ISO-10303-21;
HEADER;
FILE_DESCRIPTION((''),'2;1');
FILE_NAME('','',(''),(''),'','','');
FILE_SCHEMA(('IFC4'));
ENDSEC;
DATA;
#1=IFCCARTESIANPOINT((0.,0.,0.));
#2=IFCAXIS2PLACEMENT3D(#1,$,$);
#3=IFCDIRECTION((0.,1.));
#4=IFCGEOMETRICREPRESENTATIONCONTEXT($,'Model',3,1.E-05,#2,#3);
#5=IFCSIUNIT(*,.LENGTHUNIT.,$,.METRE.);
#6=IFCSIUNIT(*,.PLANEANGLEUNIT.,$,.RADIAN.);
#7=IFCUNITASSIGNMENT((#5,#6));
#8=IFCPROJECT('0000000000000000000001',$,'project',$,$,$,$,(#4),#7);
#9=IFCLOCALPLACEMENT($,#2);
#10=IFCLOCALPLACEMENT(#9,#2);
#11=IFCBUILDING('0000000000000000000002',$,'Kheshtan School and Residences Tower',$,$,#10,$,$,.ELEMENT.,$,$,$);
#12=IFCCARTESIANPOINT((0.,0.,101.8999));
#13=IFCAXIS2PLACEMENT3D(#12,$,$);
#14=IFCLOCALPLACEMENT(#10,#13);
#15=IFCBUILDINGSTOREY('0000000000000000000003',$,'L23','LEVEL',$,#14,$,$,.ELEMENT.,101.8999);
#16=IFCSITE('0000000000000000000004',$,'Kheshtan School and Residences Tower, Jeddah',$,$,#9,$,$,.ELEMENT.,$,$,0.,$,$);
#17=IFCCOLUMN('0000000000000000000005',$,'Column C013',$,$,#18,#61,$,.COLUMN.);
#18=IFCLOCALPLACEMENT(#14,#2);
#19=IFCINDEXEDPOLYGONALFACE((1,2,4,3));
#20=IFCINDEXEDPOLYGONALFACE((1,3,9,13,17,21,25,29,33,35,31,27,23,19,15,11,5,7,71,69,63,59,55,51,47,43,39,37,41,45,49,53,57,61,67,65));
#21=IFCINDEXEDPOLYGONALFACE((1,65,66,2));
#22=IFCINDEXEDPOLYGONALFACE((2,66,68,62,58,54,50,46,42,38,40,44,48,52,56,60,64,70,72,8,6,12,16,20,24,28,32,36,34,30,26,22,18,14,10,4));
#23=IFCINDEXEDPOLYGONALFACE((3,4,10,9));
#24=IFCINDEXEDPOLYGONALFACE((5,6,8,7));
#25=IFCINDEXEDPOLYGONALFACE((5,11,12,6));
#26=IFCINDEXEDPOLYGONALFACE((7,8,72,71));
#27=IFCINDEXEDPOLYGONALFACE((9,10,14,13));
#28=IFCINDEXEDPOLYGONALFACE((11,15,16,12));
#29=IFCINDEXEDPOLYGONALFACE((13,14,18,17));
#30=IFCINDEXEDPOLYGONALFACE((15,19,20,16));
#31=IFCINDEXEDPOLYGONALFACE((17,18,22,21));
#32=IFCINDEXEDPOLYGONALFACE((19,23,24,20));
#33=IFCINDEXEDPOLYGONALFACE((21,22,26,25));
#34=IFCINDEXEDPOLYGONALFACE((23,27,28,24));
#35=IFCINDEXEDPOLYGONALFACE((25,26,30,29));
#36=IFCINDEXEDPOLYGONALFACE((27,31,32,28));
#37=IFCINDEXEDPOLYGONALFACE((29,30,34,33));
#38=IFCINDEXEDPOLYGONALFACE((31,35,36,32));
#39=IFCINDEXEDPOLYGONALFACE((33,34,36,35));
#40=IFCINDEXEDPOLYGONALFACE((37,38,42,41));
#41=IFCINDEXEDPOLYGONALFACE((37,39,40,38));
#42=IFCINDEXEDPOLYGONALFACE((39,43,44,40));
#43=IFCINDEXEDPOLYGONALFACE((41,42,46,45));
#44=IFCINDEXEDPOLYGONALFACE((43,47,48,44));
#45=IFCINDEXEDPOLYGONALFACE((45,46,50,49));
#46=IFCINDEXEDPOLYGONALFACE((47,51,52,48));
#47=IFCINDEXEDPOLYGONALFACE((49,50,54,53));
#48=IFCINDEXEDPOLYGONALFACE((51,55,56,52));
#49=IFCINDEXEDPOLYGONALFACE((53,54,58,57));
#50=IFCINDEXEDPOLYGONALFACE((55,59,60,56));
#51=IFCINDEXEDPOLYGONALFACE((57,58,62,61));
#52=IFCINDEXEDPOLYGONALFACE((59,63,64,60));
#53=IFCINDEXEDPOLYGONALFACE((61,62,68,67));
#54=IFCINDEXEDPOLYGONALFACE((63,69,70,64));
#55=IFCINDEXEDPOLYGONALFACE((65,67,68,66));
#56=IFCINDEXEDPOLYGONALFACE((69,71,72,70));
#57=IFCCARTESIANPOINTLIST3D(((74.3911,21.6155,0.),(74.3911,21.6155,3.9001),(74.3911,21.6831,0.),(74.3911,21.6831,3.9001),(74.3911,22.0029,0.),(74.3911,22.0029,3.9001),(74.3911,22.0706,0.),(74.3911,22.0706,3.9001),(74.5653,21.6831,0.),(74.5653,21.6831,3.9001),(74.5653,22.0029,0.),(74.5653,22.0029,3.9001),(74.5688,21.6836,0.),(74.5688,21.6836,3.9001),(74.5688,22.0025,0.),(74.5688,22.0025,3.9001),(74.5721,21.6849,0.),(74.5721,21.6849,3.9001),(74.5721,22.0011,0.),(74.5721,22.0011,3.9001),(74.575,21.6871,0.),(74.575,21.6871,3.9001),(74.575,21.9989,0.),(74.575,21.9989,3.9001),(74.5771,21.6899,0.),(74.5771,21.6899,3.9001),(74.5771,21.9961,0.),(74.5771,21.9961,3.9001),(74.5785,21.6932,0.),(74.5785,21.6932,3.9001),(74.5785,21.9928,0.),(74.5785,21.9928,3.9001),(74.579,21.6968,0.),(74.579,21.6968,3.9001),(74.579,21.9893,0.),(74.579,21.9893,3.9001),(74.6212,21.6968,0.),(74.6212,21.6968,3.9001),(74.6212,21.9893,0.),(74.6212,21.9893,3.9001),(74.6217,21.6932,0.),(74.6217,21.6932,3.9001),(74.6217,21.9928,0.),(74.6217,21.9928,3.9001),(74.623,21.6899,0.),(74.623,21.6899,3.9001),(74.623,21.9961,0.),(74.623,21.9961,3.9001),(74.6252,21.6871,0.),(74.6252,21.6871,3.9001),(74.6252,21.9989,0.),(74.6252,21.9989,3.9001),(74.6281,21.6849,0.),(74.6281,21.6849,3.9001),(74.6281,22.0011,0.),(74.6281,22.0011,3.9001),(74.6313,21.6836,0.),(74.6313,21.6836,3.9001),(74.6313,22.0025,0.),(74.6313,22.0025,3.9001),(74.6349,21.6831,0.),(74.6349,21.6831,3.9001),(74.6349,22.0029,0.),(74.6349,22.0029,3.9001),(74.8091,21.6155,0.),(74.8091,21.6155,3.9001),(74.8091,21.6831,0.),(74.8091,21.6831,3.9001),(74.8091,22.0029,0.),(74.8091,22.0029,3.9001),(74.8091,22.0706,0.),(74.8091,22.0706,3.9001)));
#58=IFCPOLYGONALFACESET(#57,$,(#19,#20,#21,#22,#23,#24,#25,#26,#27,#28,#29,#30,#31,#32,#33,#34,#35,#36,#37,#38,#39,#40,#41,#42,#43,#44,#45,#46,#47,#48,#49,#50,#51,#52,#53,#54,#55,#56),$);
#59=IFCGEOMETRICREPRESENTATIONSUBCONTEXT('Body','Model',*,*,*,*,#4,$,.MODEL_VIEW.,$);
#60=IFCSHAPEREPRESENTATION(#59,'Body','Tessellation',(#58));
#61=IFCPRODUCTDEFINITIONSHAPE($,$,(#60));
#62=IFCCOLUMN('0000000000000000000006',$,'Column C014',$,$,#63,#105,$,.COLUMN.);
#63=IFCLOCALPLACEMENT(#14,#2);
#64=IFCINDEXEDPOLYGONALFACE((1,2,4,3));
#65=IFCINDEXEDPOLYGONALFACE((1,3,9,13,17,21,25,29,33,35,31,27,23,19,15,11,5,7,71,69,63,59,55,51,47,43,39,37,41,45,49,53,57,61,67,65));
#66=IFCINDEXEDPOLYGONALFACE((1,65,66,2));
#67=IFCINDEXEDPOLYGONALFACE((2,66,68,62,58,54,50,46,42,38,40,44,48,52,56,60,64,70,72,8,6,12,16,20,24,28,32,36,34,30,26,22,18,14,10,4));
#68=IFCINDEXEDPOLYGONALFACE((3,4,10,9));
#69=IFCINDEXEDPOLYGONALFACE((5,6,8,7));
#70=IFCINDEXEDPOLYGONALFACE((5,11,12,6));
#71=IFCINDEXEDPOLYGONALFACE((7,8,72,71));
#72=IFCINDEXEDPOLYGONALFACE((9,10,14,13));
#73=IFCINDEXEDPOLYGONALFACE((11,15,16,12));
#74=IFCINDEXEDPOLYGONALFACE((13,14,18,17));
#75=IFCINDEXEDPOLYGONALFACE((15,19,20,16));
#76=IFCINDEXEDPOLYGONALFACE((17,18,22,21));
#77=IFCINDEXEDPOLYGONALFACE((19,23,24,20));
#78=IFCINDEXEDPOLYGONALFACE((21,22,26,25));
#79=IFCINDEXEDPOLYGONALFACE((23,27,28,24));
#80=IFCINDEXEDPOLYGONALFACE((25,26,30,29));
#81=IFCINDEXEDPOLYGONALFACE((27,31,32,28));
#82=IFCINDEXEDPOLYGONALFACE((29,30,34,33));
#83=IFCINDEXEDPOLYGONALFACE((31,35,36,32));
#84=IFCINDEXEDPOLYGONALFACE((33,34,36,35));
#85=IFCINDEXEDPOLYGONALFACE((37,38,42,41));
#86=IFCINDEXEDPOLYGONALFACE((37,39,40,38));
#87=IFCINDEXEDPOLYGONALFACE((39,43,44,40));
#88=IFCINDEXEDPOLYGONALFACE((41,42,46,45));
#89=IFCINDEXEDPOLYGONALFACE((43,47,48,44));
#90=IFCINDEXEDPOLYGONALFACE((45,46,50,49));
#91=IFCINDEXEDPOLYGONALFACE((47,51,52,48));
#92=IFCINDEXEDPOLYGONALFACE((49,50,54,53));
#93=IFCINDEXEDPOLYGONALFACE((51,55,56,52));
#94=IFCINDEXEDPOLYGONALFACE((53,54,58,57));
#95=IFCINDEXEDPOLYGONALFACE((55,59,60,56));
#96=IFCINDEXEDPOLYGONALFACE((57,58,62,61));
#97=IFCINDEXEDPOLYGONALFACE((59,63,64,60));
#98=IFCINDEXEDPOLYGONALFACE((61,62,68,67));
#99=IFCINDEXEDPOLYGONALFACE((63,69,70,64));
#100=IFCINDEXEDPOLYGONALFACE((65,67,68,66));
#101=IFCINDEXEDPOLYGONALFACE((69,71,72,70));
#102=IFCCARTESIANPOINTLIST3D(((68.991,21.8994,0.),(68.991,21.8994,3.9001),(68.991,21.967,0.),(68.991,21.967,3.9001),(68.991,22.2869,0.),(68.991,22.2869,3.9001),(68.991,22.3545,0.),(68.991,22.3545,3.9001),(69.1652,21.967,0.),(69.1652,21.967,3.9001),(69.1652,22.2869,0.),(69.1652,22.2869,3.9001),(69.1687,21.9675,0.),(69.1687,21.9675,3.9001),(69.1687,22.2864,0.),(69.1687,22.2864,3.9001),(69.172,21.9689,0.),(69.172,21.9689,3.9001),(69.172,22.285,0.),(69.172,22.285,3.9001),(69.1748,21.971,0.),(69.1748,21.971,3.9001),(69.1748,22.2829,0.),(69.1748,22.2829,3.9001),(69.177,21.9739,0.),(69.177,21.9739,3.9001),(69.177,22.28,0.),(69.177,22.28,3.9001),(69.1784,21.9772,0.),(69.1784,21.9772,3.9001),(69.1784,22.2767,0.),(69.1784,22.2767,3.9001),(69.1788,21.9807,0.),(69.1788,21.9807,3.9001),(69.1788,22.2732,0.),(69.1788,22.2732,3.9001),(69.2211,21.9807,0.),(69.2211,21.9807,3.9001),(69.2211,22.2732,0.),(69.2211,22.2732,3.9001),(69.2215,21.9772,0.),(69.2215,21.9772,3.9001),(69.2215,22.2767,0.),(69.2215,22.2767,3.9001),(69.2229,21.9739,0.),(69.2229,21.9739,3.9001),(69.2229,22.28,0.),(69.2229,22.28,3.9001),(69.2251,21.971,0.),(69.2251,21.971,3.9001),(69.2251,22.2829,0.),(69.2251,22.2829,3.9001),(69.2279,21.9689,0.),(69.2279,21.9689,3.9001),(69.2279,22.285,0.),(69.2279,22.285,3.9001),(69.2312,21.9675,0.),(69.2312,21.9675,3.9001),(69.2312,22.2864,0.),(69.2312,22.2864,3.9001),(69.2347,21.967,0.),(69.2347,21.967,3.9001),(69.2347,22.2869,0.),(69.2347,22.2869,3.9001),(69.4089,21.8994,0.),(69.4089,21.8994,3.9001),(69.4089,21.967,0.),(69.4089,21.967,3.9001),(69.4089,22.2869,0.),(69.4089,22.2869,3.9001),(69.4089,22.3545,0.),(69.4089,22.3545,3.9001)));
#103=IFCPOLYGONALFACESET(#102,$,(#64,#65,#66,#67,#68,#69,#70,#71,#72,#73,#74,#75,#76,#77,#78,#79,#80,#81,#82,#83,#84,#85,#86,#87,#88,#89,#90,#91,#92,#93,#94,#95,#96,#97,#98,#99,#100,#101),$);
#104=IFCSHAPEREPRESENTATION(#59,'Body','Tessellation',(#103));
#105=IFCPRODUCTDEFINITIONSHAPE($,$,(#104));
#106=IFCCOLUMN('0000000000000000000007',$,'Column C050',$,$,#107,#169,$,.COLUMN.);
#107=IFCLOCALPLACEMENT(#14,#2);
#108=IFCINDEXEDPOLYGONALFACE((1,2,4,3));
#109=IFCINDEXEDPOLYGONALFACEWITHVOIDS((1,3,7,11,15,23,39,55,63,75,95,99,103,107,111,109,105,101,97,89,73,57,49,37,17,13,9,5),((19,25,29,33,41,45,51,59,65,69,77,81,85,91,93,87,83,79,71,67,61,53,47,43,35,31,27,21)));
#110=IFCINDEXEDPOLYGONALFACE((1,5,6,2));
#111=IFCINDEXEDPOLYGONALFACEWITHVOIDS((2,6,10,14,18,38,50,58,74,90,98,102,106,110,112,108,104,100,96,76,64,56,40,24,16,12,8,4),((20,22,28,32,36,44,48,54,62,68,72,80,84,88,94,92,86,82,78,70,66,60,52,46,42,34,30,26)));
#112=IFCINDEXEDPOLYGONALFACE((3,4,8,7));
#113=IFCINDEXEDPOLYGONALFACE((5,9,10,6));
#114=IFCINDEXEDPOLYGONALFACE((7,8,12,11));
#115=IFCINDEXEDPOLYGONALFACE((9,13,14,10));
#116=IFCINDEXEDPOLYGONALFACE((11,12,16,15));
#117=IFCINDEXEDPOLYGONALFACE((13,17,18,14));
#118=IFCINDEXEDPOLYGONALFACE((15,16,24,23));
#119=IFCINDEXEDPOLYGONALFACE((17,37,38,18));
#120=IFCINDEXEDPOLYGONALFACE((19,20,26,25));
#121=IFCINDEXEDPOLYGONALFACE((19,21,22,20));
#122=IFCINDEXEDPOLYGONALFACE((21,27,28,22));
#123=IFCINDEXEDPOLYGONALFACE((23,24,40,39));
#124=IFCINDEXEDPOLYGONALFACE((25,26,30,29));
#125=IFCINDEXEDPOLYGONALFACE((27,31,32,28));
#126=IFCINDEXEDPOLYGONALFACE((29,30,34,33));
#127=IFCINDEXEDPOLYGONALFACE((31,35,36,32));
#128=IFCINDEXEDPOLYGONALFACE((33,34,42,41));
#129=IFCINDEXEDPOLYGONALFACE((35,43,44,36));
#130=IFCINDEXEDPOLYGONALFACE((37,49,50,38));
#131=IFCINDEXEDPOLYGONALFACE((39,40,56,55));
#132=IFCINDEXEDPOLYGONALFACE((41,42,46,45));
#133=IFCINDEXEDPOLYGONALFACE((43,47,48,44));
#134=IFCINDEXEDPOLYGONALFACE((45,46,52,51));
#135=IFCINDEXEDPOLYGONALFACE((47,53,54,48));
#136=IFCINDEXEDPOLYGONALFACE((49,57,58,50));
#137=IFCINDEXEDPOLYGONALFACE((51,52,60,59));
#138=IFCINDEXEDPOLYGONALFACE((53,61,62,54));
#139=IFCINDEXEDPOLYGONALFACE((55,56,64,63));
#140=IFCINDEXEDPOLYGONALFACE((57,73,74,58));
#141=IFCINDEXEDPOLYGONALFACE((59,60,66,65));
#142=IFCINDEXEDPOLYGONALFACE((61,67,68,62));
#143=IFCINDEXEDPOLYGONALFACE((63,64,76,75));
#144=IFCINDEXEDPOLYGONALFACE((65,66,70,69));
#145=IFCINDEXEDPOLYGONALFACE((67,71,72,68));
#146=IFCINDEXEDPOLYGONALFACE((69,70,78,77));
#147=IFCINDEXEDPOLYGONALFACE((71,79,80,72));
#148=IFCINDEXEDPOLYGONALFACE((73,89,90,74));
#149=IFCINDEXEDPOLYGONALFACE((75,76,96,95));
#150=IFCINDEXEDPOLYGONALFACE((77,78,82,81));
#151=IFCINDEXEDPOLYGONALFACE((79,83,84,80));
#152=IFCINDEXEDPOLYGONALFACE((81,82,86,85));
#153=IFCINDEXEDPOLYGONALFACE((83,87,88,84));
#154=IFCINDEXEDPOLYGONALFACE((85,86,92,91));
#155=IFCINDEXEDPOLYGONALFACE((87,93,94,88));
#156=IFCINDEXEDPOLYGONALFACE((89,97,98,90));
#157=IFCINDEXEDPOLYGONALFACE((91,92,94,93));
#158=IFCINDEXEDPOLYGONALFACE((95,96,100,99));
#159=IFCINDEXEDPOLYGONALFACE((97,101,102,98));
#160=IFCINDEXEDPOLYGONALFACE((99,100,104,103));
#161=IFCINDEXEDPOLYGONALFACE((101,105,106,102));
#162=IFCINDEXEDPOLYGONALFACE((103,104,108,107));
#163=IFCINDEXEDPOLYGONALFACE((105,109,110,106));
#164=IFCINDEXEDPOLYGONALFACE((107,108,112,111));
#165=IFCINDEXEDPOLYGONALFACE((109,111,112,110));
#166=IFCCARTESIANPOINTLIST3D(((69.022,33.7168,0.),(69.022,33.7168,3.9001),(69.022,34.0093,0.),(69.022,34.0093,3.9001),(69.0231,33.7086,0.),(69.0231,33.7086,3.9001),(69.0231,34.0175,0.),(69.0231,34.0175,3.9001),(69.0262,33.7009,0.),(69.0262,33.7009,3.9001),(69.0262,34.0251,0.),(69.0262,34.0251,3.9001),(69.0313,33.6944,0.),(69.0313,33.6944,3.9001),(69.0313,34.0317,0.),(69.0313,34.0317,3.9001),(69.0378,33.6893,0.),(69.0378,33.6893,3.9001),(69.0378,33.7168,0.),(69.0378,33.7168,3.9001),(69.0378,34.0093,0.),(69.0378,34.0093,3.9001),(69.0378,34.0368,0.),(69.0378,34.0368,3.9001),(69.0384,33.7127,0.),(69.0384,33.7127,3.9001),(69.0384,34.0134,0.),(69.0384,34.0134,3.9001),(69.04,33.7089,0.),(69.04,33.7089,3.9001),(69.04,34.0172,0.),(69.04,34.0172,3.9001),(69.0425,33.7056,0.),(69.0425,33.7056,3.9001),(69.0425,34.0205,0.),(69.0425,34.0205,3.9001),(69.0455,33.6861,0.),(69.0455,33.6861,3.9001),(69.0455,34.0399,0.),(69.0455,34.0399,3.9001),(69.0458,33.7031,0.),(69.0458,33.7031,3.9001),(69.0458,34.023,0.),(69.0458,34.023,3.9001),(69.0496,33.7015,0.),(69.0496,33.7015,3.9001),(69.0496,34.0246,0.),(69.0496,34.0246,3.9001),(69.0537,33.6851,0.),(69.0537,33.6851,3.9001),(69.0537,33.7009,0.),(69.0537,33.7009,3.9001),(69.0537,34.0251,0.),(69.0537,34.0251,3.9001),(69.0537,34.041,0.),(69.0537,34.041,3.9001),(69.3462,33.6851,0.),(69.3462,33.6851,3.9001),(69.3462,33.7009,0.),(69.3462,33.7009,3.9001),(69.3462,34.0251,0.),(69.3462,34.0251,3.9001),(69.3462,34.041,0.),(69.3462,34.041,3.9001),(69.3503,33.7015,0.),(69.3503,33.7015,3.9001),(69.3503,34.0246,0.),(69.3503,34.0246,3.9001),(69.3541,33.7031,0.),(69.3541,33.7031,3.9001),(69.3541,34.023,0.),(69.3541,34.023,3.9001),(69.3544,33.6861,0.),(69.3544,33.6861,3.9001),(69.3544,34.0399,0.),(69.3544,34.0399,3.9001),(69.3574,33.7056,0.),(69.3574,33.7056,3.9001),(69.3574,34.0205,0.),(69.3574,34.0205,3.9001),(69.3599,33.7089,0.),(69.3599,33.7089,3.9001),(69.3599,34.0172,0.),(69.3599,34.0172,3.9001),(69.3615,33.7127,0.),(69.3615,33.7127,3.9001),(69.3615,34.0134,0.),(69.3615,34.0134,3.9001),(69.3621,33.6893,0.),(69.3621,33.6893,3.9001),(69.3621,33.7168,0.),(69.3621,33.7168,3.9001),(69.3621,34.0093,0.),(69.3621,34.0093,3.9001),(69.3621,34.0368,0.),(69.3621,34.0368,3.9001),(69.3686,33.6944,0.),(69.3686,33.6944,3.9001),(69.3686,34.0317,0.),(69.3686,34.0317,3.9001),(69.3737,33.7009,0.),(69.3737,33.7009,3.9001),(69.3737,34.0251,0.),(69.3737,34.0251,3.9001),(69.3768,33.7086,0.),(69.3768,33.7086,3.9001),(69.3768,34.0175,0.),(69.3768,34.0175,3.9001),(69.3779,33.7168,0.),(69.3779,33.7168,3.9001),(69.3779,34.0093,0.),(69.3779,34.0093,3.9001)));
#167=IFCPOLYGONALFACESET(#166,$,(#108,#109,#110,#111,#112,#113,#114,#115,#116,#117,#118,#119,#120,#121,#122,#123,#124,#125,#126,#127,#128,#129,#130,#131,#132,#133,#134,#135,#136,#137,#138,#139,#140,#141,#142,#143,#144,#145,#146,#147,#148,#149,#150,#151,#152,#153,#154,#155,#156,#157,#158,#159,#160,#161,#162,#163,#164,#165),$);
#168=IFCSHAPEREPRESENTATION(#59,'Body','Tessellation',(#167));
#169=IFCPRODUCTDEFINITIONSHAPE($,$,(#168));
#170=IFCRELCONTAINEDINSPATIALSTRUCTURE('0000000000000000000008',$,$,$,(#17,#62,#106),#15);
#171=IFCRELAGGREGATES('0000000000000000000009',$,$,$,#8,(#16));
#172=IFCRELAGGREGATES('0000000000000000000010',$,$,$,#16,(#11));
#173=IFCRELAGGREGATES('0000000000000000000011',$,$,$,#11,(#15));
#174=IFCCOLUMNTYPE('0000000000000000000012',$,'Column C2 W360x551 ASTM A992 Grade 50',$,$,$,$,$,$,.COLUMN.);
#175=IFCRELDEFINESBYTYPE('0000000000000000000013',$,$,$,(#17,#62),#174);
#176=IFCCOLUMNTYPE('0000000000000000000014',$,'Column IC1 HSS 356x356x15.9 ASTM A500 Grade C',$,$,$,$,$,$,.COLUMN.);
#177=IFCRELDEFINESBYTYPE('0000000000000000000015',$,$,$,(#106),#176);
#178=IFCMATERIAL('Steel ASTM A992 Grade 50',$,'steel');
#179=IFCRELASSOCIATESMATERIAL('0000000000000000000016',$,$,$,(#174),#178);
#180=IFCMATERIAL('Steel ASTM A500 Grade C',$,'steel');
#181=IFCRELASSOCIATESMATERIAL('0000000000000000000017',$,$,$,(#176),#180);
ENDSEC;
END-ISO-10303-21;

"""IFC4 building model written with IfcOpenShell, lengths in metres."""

from ifc_helpers import new_model, si_unit, direction, frame, origin, origin_2d, place, context, subcontext, project, spatial, hollow_rectangle, i_section, extrude, material, material_profile, profile_set, type_object, element, save


model = new_model("IFC4")

# Units and contexts
model_context = context("Model", 3, precision=1e-05, world=origin(), true_north=direction((0.0, 1.0)))
body_context = subcontext(model_context, "Body", "Model", "MODEL_VIEW")
ifc_project = project(units=[si_unit("LENGTHUNIT", "METRE"), si_unit("PLANEANGLEUNIT", "RADIAN")], contexts=[model_context])

# Site, building, storey
site_placement = place(None, origin())
site = spatial("IfcSite", under=ifc_project, at=site_placement, Name="Kheshtan School and Residences Tower, Jeddah", CompositionType="ELEMENT", RefElevation=0.0)
building_placement = place(site_placement, origin())
building = spatial("IfcBuilding", under=site, at=building_placement, Name="Kheshtan School and Residences Tower", CompositionType="ELEMENT")
storey_placement = place(building_placement, frame((0.0, 0.0, 101.8999)))
storey = spatial("IfcBuildingStorey", under=building, at=storey_placement, Name="L23", Description="LEVEL", CompositionType="ELEMENT", Elevation=101.8999)

# Columns
ifc_material_1 = material(Name="Steel ASTM A992 Grade 50", Category="steel")
ifc_material_profile_1 = material_profile(ifc_material_1, i_section(OverallWidth=0.418, OverallDepth=0.4551, WebThickness=0.0422, FlangeThickness=0.0676, FilletRadius=0.0137, at=origin_2d()), Name="W360x551")
ifc_profile_set_1 = profile_set([ifc_material_profile_1], Name="Steel ASTM A992 Grade 50")
column_type_1 = type_object("IfcColumnType", Name="Column C2 W360x551 ASTM A992 Grade 50", PredefinedType="COLUMN", material=ifc_profile_set_1)
for number, where, z_axis, x_axis, name in (
    (1, (74.6001, 21.843, 0.0), (0.0, 0.0, 1.0), (1.0, 0.0, 0.0), "Column C013"),
    (2, (69.2, 22.127, 0.0), (0.0, 0.0, 1.0), (1.0, 0.0, 0.0), "Column C014"),
):
    element("IfcColumn", number, at=place(storey_placement, frame(where, z_axis=z_axis, x_axis=x_axis)), inside=storey, type_object=column_type_1, Name=name, PredefinedType="COLUMN", context=body_context, shape_type="SweptSolid", body=[
        extrude(i_section(OverallWidth=0.418, OverallDepth=0.4551, WebThickness=0.0422, FlangeThickness=0.0676, FilletRadius=0.0137, at=origin_2d()), origin(), (0.0, 0.0, 1.0), 3.9001),
    ])
ifc_material_2 = material(Name="Steel ASTM A500 Grade C", Category="steel")
ifc_material_profile_2 = material_profile(ifc_material_2, hollow_rectangle(XDim=0.356, YDim=0.356, WallThickness=0.0159, InnerFilletRadius=0.0159, OuterFilletRadius=0.0317, at=origin_2d()), Name="HSS 356x356x15.9")
ifc_profile_set_2 = profile_set([ifc_material_profile_2], Name="Steel ASTM A500 Grade C")
column_type_2 = type_object("IfcColumnType", Name="Column IC1 HSS 356x356x15.9 ASTM A500 Grade C", PredefinedType="COLUMN", material=ifc_profile_set_2)
column_placement = place(storey_placement, frame((69.2, 33.863, 0.0), z_axis=(0.0, 0.0, 1.0), x_axis=(1.0, 0.0, 0.0)))
element("IfcColumn", 3, at=column_placement, inside=storey, type_object=column_type_2, Name="Column C050", PredefinedType="COLUMN", context=body_context, shape_type="SweptSolid", body=[
    extrude(hollow_rectangle(XDim=0.356, YDim=0.356, WallThickness=0.0159, InnerFilletRadius=0.0159, OuterFilletRadius=0.0317, at=origin_2d()), origin(), (0.0, 0.0, 1.0), 3.9001),
])

save(model, "model.ifc")
